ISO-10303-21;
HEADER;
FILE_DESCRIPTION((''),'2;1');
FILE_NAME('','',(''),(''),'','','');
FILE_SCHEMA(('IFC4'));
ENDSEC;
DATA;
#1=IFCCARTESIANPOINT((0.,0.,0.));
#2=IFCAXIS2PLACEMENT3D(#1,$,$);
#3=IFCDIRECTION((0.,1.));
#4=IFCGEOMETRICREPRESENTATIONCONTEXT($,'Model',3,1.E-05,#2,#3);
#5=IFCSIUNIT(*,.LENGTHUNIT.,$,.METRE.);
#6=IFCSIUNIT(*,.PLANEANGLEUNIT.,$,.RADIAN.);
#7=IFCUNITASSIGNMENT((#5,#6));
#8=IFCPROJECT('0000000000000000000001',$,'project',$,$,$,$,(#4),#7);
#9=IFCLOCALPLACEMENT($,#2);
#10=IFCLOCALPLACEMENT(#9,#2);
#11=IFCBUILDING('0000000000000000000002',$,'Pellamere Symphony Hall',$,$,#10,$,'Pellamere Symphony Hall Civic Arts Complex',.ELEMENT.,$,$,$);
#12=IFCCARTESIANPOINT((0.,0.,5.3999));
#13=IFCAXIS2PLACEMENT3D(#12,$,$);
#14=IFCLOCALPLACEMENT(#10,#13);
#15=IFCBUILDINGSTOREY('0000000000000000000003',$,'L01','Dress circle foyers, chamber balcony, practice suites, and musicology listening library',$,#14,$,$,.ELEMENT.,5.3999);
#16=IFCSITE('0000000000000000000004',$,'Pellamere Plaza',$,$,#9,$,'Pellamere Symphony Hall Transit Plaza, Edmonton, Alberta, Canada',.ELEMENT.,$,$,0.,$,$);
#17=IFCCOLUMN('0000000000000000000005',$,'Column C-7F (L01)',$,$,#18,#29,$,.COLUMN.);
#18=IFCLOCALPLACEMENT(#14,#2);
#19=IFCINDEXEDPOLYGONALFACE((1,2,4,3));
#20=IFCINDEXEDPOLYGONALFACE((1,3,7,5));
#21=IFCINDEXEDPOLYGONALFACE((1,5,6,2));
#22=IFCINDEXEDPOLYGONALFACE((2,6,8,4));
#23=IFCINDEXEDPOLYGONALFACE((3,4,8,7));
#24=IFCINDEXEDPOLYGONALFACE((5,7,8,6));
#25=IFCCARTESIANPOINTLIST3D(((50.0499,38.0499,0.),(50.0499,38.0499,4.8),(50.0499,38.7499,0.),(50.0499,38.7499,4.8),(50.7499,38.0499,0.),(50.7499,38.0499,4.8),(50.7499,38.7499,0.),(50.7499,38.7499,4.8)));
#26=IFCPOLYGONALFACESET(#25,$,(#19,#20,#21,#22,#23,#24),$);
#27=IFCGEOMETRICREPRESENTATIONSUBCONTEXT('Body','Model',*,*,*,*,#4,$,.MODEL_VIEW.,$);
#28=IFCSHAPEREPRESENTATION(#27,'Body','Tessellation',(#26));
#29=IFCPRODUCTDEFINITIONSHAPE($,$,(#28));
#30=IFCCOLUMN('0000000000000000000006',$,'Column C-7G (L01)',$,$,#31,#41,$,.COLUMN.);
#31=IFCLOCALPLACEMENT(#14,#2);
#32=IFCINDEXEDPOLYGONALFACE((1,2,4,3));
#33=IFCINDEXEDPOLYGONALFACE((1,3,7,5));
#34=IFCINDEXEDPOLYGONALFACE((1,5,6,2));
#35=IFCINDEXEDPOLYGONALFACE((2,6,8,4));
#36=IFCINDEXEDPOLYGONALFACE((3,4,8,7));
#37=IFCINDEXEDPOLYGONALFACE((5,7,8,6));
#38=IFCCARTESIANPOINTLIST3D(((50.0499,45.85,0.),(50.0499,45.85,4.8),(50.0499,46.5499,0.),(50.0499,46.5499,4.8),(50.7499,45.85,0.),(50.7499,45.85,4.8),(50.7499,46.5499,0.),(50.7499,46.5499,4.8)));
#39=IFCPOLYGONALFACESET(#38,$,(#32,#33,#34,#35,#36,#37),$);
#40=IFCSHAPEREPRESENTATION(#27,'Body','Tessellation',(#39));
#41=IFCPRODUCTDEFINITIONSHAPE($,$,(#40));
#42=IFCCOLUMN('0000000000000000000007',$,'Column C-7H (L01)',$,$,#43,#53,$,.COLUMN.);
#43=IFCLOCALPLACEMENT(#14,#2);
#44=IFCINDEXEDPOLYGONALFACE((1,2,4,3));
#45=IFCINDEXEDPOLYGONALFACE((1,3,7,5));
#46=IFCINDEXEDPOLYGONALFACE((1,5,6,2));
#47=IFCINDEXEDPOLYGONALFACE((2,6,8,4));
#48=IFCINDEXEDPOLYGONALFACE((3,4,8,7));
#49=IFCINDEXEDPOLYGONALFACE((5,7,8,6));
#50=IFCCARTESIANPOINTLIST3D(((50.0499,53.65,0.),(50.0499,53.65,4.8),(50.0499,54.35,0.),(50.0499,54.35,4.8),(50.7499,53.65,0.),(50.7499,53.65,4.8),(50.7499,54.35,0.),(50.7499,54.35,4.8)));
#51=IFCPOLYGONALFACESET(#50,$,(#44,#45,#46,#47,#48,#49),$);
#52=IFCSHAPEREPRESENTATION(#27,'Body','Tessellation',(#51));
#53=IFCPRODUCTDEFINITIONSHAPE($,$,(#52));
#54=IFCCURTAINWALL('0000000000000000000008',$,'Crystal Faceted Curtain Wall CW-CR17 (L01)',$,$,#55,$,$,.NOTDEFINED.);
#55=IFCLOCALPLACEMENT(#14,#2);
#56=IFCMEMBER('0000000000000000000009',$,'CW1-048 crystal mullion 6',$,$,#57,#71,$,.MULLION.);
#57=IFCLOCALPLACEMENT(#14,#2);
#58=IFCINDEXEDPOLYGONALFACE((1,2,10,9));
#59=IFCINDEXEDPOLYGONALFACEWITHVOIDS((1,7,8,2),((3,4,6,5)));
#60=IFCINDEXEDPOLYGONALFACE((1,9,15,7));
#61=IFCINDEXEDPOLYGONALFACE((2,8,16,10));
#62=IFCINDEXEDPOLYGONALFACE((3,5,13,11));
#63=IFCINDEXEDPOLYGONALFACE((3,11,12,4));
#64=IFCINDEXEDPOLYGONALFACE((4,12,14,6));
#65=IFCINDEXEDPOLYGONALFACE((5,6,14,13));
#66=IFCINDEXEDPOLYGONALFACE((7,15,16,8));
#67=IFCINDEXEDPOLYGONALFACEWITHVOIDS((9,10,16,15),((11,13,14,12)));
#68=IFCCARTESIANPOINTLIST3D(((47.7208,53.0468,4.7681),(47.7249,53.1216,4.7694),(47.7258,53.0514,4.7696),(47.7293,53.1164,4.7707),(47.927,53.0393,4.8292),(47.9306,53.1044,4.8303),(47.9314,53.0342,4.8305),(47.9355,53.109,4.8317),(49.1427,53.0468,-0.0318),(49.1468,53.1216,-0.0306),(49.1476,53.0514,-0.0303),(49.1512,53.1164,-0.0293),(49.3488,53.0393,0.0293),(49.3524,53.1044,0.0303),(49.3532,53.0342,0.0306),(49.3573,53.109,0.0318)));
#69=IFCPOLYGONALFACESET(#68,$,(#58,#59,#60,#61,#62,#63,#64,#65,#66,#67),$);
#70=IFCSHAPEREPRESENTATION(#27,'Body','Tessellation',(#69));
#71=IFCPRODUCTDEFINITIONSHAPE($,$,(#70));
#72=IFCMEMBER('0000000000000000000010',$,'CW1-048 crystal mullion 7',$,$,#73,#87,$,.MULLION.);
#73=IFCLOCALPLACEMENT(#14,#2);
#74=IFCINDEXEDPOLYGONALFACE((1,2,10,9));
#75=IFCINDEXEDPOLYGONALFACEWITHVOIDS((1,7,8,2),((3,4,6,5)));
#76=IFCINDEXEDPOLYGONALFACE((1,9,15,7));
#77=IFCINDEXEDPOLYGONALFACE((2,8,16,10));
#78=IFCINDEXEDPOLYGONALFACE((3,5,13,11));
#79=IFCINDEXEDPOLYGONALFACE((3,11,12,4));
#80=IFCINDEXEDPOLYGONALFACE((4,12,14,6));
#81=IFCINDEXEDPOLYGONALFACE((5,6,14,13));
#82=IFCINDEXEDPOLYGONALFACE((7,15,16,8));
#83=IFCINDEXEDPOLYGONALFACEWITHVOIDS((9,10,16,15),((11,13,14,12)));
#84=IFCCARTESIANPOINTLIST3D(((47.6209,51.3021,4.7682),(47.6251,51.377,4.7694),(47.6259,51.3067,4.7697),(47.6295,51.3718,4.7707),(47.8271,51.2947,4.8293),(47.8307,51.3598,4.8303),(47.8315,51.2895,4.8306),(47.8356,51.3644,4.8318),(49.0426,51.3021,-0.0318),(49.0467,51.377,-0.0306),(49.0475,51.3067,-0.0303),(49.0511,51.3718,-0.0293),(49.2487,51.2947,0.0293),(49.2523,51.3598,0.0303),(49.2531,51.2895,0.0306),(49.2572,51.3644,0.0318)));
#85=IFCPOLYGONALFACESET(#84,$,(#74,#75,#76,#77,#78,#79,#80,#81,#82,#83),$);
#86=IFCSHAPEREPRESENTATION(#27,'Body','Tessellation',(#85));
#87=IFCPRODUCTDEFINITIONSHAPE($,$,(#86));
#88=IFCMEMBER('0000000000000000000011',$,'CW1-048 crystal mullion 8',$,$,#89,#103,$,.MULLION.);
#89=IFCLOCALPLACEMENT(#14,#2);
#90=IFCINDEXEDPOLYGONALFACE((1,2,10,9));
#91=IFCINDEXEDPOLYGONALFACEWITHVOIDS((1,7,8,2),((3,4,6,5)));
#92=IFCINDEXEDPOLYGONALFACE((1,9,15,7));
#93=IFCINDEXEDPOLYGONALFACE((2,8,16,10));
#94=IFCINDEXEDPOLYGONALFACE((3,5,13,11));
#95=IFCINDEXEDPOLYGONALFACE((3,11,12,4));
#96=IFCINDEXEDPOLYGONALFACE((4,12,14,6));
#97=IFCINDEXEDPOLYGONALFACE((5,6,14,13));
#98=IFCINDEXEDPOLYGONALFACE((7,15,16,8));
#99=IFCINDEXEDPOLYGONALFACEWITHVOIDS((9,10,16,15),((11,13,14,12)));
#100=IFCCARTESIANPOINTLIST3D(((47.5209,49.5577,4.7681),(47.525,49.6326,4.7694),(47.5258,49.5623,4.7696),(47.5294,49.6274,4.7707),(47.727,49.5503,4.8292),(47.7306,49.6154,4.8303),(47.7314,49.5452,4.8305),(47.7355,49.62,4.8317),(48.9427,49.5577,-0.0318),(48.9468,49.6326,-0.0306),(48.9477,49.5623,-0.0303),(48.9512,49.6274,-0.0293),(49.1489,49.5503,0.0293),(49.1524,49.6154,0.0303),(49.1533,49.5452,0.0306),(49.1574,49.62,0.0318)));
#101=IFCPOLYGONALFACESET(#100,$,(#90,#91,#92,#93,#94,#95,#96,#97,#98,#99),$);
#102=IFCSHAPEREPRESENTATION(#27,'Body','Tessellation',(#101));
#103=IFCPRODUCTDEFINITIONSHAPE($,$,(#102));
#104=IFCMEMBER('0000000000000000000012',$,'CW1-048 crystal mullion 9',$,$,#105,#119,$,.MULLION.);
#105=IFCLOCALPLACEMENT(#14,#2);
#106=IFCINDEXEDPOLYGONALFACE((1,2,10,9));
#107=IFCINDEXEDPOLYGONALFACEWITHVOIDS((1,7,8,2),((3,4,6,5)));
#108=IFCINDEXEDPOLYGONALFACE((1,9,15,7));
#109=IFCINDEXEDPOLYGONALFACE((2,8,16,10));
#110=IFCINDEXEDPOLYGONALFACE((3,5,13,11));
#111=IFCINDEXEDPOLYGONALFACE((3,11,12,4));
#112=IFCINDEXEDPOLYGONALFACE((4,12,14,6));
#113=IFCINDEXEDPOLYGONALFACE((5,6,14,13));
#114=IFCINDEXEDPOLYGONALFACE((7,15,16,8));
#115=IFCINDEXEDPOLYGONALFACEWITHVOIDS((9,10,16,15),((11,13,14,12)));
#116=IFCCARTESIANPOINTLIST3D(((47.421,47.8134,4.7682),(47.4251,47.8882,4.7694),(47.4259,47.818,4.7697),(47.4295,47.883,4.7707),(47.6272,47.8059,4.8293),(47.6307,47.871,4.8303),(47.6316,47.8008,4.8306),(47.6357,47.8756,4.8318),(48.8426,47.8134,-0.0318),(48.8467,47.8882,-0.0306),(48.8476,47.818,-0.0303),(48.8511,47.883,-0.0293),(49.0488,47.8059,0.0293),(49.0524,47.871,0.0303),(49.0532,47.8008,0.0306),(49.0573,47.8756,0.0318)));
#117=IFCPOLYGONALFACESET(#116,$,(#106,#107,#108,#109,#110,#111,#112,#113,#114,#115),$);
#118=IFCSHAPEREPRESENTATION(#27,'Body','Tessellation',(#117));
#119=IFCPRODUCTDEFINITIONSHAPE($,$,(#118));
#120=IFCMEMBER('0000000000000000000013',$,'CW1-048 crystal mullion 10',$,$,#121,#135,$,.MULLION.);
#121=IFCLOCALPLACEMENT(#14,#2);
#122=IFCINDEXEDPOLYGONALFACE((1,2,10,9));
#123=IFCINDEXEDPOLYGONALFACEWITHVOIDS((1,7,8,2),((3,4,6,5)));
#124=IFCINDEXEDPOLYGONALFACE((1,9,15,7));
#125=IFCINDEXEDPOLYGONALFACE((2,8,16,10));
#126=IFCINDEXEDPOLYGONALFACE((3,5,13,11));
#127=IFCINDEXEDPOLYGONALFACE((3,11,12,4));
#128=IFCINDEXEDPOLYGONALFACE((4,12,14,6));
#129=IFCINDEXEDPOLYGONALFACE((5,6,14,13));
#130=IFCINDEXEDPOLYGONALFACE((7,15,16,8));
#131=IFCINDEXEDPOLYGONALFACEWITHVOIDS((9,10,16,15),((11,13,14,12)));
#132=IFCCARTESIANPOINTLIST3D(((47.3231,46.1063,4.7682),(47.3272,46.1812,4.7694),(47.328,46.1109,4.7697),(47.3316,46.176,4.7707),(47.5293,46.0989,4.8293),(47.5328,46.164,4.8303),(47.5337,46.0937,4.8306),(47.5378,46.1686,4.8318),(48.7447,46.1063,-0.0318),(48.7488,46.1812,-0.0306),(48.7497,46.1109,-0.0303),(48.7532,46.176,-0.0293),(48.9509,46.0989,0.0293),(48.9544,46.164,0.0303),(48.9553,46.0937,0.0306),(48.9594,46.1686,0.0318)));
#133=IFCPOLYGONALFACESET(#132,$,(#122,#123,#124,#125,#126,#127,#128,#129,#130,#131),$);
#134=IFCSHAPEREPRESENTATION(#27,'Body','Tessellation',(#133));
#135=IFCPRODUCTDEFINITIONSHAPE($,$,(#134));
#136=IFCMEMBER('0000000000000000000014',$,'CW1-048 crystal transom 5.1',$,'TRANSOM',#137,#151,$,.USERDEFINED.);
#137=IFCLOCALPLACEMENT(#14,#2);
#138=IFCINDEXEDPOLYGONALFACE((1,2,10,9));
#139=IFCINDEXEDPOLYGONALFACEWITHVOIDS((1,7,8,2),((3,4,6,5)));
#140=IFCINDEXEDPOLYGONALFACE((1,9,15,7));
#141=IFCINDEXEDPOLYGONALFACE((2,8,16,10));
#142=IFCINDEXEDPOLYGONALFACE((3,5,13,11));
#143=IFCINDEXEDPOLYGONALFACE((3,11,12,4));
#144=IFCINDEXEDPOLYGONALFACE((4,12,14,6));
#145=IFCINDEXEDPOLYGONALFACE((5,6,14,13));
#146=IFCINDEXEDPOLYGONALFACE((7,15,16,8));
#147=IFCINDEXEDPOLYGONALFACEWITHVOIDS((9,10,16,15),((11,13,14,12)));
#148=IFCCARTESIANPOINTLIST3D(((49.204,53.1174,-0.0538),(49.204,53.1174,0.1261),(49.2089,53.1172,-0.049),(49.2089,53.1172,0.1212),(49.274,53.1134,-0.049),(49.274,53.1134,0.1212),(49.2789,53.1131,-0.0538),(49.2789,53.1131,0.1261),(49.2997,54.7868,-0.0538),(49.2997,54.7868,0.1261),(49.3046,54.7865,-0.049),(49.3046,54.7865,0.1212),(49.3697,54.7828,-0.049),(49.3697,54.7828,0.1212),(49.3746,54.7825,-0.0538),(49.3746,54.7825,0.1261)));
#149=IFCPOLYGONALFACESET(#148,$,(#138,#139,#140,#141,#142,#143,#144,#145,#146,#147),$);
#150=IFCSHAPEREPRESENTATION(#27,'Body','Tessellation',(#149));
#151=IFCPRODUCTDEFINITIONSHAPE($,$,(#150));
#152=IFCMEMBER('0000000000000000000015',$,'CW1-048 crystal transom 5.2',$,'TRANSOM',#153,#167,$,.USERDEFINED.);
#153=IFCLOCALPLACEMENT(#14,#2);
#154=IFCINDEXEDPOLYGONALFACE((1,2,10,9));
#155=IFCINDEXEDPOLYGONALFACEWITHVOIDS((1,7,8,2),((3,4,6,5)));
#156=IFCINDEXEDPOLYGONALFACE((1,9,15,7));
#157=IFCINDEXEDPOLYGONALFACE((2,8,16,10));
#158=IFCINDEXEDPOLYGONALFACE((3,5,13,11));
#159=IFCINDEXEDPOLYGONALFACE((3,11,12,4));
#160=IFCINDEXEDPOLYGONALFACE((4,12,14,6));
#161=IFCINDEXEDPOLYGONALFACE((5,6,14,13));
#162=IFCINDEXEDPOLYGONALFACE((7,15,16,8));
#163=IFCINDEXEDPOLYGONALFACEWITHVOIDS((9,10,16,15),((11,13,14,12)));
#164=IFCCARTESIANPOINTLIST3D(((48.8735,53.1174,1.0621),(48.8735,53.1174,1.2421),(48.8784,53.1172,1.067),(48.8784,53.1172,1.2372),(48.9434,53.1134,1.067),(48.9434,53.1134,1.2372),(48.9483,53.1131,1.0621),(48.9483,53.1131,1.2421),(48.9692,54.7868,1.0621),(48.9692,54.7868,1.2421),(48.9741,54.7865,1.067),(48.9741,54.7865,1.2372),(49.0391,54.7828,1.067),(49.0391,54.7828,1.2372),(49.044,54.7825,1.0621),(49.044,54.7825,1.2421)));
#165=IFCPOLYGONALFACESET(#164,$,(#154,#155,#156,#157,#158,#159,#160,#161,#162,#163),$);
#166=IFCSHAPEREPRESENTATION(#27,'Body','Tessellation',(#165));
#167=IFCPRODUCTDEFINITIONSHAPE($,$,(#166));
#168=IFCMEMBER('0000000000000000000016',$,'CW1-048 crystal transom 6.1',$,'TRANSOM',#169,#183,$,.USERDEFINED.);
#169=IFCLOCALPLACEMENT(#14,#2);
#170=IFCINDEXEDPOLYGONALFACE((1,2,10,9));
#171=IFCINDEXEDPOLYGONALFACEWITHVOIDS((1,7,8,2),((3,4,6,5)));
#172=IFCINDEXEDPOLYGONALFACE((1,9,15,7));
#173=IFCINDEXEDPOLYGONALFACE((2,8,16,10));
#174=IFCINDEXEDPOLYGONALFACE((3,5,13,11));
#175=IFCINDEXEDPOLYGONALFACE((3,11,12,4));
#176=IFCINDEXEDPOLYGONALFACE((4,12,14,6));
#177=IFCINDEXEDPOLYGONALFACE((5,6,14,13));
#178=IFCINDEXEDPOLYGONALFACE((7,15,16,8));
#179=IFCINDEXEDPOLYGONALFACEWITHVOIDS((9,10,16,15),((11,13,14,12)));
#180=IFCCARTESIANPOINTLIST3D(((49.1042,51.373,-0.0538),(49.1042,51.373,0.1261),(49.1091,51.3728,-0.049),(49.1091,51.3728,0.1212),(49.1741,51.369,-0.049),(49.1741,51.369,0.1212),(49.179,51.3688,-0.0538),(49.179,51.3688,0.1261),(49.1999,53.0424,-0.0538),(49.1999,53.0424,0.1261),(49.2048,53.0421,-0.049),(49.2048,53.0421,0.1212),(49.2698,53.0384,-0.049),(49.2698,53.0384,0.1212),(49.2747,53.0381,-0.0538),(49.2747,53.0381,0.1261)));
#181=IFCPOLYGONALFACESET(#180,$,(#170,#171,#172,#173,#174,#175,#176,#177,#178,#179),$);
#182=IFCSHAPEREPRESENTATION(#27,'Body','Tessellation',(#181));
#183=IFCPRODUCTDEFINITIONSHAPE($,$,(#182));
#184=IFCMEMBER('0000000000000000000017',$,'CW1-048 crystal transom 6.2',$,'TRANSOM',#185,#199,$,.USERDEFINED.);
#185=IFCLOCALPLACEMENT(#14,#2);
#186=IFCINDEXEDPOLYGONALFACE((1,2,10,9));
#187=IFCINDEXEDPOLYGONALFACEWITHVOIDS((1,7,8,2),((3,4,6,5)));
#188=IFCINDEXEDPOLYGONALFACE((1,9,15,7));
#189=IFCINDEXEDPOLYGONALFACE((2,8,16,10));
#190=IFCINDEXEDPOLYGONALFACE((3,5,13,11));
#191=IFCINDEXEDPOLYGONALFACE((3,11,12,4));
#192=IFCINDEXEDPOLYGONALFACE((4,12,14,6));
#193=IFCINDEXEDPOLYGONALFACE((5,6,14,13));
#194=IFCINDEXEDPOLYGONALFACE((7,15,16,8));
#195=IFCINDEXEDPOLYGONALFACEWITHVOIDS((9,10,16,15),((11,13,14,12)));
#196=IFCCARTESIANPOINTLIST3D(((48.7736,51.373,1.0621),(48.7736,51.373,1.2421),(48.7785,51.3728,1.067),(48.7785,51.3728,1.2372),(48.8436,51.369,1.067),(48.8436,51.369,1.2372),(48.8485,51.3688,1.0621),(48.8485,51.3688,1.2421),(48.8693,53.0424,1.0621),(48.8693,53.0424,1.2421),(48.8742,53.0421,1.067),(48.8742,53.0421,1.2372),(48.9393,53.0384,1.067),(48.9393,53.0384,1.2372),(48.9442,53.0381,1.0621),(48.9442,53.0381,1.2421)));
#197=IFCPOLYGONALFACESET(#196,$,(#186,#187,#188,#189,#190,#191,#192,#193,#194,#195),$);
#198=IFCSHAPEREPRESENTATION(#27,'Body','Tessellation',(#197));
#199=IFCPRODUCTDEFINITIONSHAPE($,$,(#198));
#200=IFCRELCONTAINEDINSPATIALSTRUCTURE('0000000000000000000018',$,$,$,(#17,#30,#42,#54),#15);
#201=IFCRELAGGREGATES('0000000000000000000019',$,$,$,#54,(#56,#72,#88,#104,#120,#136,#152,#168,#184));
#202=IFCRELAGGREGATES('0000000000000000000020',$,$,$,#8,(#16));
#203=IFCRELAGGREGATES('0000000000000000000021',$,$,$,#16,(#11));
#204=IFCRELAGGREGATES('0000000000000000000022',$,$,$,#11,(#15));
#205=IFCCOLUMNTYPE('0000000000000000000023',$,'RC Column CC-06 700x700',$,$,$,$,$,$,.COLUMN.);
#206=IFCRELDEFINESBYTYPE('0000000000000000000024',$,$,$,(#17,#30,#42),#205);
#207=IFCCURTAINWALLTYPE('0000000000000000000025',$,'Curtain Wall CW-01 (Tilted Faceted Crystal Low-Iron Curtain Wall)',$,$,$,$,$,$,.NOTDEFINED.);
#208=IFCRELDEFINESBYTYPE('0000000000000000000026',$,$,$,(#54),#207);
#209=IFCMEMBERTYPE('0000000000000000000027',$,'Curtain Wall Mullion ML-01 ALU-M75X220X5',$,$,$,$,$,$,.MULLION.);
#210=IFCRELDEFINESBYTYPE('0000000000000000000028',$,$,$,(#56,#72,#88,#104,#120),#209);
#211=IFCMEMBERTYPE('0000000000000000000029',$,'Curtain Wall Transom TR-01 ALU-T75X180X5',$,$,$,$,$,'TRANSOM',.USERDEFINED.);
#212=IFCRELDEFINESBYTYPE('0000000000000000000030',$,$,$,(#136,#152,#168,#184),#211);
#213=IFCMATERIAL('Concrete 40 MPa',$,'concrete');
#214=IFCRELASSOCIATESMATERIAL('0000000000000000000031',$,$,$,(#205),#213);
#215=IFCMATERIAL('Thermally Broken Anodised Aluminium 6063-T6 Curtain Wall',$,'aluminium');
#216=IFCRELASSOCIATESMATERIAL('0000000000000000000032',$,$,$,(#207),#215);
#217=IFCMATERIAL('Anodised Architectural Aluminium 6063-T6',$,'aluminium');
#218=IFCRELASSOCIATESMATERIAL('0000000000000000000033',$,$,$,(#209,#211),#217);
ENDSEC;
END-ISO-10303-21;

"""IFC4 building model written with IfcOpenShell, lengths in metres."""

from ifc_helpers import new_model, si_unit, direction, frame, origin, origin_2d, place, context, subcontext, project, spatial, rectangle, hollow_rectangle, extrude, material, material_profile, profile_set, type_object, element, aggregate, save


model = new_model("IFC4")

# Units and contexts
model_context = context("Model", 3, precision=1e-05, world=origin(), true_north=direction((0.0, 1.0)))
body_context = subcontext(model_context, "Body", "Model", "MODEL_VIEW")
ifc_project = project(units=[si_unit("LENGTHUNIT", "METRE"), si_unit("PLANEANGLEUNIT", "RADIAN")], contexts=[model_context])

# Site, building, storey
site_placement = place(None, origin())
site = spatial("IfcSite", under=ifc_project, at=site_placement, Name="Pellamere Plaza", LongName="Pellamere Symphony Hall Transit Plaza, Edmonton, Alberta, Canada", CompositionType="ELEMENT", RefElevation=0.0)
building_placement = place(site_placement, origin())
building = spatial("IfcBuilding", under=site, at=building_placement, Name="Pellamere Symphony Hall", LongName="Pellamere Symphony Hall Civic Arts Complex", CompositionType="ELEMENT")
storey_placement = place(building_placement, frame((0.0, 0.0, 5.3999)))
storey = spatial("IfcBuildingStorey", under=building, at=storey_placement, Name="L01", Description="Dress circle foyers, chamber balcony, practice suites, and musicology listening library", CompositionType="ELEMENT", Elevation=5.3999)

# Columns
ifc_material_1 = material(Name="Concrete 40 MPa", Category="concrete")
ifc_material_profile_1 = material_profile(ifc_material_1, rectangle(XDim=0.7, YDim=0.7, at=origin_2d()), Name="RC 700x700")
ifc_profile_set_1 = profile_set([ifc_material_profile_1], Name="Concrete 40 MPa")
column_type = type_object("IfcColumnType", Name="RC Column CC-06 700x700", PredefinedType="COLUMN", material=ifc_profile_set_1)
for number, where, z_axis, x_axis, name in (
    (1, (50.3999, 38.3999, 0.0), (0.0, 0.0, 1.0), (1.0, 0.0, 0.0), "Column C-7F (L01)"),
    (2, (50.3999, 46.2, 0.0), (0.0, 0.0, 1.0), (1.0, 0.0, 0.0), "Column C-7G (L01)"),
    (3, (50.3999, 54.0, 0.0), (0.0, 0.0, 1.0), (1.0, 0.0, 0.0), "Column C-7H (L01)"),
):
    element("IfcColumn", number, at=place(storey_placement, frame(where, z_axis=z_axis, x_axis=x_axis)), inside=storey, type_object=column_type, Name=name, PredefinedType="COLUMN", context=body_context, shape_type="SweptSolid", body=[
        extrude(rectangle(XDim=0.7, YDim=0.7, at=origin_2d()), origin(), (0.0, 0.0, 1.0), 4.8),
    ])

# Curtain wall, members
ifc_material_2 = material(Name="Thermally Broken Anodised Aluminium 6063-T6 Curtain Wall", Category="aluminium")
curtain_wall_type = type_object("IfcCurtainWallType", Name="Curtain Wall CW-01 (Tilted Faceted Crystal Low-Iron Curtain Wall)", PredefinedType="NOTDEFINED", material=ifc_material_2)
curtain_wall_1_placement = place(storey_placement, origin())
curtain_wall_1 = element("IfcCurtainWall", 4, at=curtain_wall_1_placement, inside=storey, type_object=curtain_wall_type, Name="Crystal Faceted Curtain Wall CW-CR17 (L01)", PredefinedType="NOTDEFINED")
ifc_material_3 = material(Name="Anodised Architectural Aluminium 6063-T6", Category="aluminium")
ifc_material_profile_2 = material_profile(ifc_material_3, hollow_rectangle(XDim=0.075, YDim=0.22, WallThickness=0.0049, at=origin_2d()), Name="ALU-M75X220X5")
ifc_profile_set_2 = profile_set([ifc_material_profile_2], Name="Anodised Architectural Aluminium 6063-T6")
member_type_1 = type_object("IfcMemberType", Name="Curtain Wall Mullion ML-01 ALU-M75X220X5", PredefinedType="MULLION", material=ifc_profile_set_2)
member_1_placement = place(storey_placement, frame((49.25, 53.0779, 0.0), z_axis=(-0.284022, 0.0, 0.958818), x_axis=(-0.054874, -0.998361, -0.016255)))
member_1 = element("IfcMember", 5, at=member_1_placement, type_object=member_type_1, Name="CW1-048 crystal mullion 6", PredefinedType="MULLION", context=body_context, shape_type="SweptSolid", body=[
    extrude(hollow_rectangle(XDim=0.075, YDim=0.22, WallThickness=0.0049, at=origin_2d()), origin(), (0.0, 0.0, 1.0), 5.0061),
])
member_2_placement = place(storey_placement, frame((49.1499, 51.3333, 0.0), z_axis=(-0.283977, 0.0, 0.958831), x_axis=(-0.054875, -0.998361, -0.016252)))
member_2 = element("IfcMember", 6, at=member_2_placement, type_object=member_type_1, Name="CW1-048 crystal mullion 7", PredefinedType="MULLION", context=body_context, shape_type="SweptSolid", body=[
    extrude(hollow_rectangle(XDim=0.075, YDim=0.22, WallThickness=0.0049, at=origin_2d()), origin(), (0.0, 0.0, 1.0), 5.0061),
])
member_3_placement = place(storey_placement, frame((49.05, 49.5889, 0.0), z_axis=(-0.284022, 0.0, 0.958818), x_axis=(-0.054874, -0.998361, -0.016255)))
member_3 = element("IfcMember", 7, at=member_3_placement, type_object=member_type_1, Name="CW1-048 crystal mullion 8", PredefinedType="MULLION", context=body_context, shape_type="SweptSolid", body=[
    extrude(hollow_rectangle(XDim=0.075, YDim=0.22, WallThickness=0.0049, at=origin_2d()), origin(), (0.0, 0.0, 1.0), 5.0061),
])
member_4_placement = place(storey_placement, frame((48.95, 47.8445, 0.0), z_axis=(-0.283977, 0.0, 0.958831), x_axis=(-0.054875, -0.998361, -0.016252)))
member_4 = element("IfcMember", 8, at=member_4_placement, type_object=member_type_1, Name="CW1-048 crystal mullion 9", PredefinedType="MULLION", context=body_context, shape_type="SweptSolid", body=[
    extrude(hollow_rectangle(XDim=0.075, YDim=0.22, WallThickness=0.0049, at=origin_2d()), origin(), (0.0, 0.0, 1.0), 5.0061),
])
member_5_placement = place(storey_placement, frame((48.8521, 46.1375, 0.0), z_axis=(-0.283977, 0.0, 0.958831), x_axis=(-0.054875, -0.998361, -0.016252)))
member_5 = element("IfcMember", 9, at=member_5_placement, type_object=member_type_1, Name="CW1-048 crystal mullion 10", PredefinedType="MULLION", context=body_context, shape_type="SweptSolid", body=[
    extrude(hollow_rectangle(XDim=0.075, YDim=0.22, WallThickness=0.0049, at=origin_2d()), origin(), (0.0, 0.0, 1.0), 5.0061),
])
ifc_material_profile_3 = material_profile(ifc_material_3, hollow_rectangle(XDim=0.075, YDim=0.1799, WallThickness=0.0049, at=origin_2d()), Name="ALU-T75X180X5")
ifc_profile_set_3 = profile_set([ifc_material_profile_3], Name="Anodised Architectural Aluminium 6063-T6")
member_type_2 = type_object("IfcMemberType", Name="Curtain Wall Transom TR-01 ALU-T75X180X5", ElementType="TRANSOM", PredefinedType="USERDEFINED", material=ifc_profile_set_3)
member_6_placement = place(storey_placement, frame((49.3372, 54.7847, 0.0361), z_axis=(-0.057233, -0.998361, 0.0), x_axis=(0.998361, -0.057233, 0.0)))
member_6 = element("IfcMember", 10, at=member_6_placement, type_object=member_type_2, Name="CW1-048 crystal transom 5.1", ObjectType="TRANSOM", PredefinedType="USERDEFINED", context=body_context, shape_type="SweptSolid", body=[
    extrude(hollow_rectangle(XDim=0.075, YDim=0.1799, WallThickness=0.0049, at=origin_2d()), origin(), (0.0, 0.0, 1.0), 1.6721),
])
member_7_placement = place(storey_placement, frame((49.0066, 54.7847, 1.1521), z_axis=(-0.057233, -0.998361, 0.0), x_axis=(0.998361, -0.057233, 0.0)))
member_7 = element("IfcMember", 11, at=member_7_placement, type_object=member_type_2, Name="CW1-048 crystal transom 5.2", ObjectType="TRANSOM", PredefinedType="USERDEFINED", context=body_context, shape_type="SweptSolid", body=[
    extrude(hollow_rectangle(XDim=0.075, YDim=0.1799, WallThickness=0.0049, at=origin_2d()), origin(), (0.0, 0.0, 1.0), 1.6721),
])
member_8_placement = place(storey_placement, frame((49.2373, 53.0403, 0.0361), z_axis=(-0.057233, -0.998361, 0.0), x_axis=(0.998361, -0.057233, 0.0)))
member_8 = element("IfcMember", 12, at=member_8_placement, type_object=member_type_2, Name="CW1-048 crystal transom 6.1", ObjectType="TRANSOM", PredefinedType="USERDEFINED", context=body_context, shape_type="SweptSolid", body=[
    extrude(hollow_rectangle(XDim=0.075, YDim=0.1799, WallThickness=0.0049, at=origin_2d()), origin(), (0.0, 0.0, 1.0), 1.6721),
])
member_9_placement = place(storey_placement, frame((48.9067, 53.0403, 1.1521), z_axis=(-0.057233, -0.998361, 0.0), x_axis=(0.998361, -0.057233, 0.0)))
member_9 = element("IfcMember", 13, at=member_9_placement, type_object=member_type_2, Name="CW1-048 crystal transom 6.2", ObjectType="TRANSOM", PredefinedType="USERDEFINED", context=body_context, shape_type="SweptSolid", body=[
    extrude(hollow_rectangle(XDim=0.075, YDim=0.1799, WallThickness=0.0049, at=origin_2d()), origin(), (0.0, 0.0, 1.0), 1.6721),
])

aggregate(curtain_wall_1, [member_1, member_2, member_3, member_4, member_5, member_6, member_7, member_8, member_9])

save(model, "model.ifc")
